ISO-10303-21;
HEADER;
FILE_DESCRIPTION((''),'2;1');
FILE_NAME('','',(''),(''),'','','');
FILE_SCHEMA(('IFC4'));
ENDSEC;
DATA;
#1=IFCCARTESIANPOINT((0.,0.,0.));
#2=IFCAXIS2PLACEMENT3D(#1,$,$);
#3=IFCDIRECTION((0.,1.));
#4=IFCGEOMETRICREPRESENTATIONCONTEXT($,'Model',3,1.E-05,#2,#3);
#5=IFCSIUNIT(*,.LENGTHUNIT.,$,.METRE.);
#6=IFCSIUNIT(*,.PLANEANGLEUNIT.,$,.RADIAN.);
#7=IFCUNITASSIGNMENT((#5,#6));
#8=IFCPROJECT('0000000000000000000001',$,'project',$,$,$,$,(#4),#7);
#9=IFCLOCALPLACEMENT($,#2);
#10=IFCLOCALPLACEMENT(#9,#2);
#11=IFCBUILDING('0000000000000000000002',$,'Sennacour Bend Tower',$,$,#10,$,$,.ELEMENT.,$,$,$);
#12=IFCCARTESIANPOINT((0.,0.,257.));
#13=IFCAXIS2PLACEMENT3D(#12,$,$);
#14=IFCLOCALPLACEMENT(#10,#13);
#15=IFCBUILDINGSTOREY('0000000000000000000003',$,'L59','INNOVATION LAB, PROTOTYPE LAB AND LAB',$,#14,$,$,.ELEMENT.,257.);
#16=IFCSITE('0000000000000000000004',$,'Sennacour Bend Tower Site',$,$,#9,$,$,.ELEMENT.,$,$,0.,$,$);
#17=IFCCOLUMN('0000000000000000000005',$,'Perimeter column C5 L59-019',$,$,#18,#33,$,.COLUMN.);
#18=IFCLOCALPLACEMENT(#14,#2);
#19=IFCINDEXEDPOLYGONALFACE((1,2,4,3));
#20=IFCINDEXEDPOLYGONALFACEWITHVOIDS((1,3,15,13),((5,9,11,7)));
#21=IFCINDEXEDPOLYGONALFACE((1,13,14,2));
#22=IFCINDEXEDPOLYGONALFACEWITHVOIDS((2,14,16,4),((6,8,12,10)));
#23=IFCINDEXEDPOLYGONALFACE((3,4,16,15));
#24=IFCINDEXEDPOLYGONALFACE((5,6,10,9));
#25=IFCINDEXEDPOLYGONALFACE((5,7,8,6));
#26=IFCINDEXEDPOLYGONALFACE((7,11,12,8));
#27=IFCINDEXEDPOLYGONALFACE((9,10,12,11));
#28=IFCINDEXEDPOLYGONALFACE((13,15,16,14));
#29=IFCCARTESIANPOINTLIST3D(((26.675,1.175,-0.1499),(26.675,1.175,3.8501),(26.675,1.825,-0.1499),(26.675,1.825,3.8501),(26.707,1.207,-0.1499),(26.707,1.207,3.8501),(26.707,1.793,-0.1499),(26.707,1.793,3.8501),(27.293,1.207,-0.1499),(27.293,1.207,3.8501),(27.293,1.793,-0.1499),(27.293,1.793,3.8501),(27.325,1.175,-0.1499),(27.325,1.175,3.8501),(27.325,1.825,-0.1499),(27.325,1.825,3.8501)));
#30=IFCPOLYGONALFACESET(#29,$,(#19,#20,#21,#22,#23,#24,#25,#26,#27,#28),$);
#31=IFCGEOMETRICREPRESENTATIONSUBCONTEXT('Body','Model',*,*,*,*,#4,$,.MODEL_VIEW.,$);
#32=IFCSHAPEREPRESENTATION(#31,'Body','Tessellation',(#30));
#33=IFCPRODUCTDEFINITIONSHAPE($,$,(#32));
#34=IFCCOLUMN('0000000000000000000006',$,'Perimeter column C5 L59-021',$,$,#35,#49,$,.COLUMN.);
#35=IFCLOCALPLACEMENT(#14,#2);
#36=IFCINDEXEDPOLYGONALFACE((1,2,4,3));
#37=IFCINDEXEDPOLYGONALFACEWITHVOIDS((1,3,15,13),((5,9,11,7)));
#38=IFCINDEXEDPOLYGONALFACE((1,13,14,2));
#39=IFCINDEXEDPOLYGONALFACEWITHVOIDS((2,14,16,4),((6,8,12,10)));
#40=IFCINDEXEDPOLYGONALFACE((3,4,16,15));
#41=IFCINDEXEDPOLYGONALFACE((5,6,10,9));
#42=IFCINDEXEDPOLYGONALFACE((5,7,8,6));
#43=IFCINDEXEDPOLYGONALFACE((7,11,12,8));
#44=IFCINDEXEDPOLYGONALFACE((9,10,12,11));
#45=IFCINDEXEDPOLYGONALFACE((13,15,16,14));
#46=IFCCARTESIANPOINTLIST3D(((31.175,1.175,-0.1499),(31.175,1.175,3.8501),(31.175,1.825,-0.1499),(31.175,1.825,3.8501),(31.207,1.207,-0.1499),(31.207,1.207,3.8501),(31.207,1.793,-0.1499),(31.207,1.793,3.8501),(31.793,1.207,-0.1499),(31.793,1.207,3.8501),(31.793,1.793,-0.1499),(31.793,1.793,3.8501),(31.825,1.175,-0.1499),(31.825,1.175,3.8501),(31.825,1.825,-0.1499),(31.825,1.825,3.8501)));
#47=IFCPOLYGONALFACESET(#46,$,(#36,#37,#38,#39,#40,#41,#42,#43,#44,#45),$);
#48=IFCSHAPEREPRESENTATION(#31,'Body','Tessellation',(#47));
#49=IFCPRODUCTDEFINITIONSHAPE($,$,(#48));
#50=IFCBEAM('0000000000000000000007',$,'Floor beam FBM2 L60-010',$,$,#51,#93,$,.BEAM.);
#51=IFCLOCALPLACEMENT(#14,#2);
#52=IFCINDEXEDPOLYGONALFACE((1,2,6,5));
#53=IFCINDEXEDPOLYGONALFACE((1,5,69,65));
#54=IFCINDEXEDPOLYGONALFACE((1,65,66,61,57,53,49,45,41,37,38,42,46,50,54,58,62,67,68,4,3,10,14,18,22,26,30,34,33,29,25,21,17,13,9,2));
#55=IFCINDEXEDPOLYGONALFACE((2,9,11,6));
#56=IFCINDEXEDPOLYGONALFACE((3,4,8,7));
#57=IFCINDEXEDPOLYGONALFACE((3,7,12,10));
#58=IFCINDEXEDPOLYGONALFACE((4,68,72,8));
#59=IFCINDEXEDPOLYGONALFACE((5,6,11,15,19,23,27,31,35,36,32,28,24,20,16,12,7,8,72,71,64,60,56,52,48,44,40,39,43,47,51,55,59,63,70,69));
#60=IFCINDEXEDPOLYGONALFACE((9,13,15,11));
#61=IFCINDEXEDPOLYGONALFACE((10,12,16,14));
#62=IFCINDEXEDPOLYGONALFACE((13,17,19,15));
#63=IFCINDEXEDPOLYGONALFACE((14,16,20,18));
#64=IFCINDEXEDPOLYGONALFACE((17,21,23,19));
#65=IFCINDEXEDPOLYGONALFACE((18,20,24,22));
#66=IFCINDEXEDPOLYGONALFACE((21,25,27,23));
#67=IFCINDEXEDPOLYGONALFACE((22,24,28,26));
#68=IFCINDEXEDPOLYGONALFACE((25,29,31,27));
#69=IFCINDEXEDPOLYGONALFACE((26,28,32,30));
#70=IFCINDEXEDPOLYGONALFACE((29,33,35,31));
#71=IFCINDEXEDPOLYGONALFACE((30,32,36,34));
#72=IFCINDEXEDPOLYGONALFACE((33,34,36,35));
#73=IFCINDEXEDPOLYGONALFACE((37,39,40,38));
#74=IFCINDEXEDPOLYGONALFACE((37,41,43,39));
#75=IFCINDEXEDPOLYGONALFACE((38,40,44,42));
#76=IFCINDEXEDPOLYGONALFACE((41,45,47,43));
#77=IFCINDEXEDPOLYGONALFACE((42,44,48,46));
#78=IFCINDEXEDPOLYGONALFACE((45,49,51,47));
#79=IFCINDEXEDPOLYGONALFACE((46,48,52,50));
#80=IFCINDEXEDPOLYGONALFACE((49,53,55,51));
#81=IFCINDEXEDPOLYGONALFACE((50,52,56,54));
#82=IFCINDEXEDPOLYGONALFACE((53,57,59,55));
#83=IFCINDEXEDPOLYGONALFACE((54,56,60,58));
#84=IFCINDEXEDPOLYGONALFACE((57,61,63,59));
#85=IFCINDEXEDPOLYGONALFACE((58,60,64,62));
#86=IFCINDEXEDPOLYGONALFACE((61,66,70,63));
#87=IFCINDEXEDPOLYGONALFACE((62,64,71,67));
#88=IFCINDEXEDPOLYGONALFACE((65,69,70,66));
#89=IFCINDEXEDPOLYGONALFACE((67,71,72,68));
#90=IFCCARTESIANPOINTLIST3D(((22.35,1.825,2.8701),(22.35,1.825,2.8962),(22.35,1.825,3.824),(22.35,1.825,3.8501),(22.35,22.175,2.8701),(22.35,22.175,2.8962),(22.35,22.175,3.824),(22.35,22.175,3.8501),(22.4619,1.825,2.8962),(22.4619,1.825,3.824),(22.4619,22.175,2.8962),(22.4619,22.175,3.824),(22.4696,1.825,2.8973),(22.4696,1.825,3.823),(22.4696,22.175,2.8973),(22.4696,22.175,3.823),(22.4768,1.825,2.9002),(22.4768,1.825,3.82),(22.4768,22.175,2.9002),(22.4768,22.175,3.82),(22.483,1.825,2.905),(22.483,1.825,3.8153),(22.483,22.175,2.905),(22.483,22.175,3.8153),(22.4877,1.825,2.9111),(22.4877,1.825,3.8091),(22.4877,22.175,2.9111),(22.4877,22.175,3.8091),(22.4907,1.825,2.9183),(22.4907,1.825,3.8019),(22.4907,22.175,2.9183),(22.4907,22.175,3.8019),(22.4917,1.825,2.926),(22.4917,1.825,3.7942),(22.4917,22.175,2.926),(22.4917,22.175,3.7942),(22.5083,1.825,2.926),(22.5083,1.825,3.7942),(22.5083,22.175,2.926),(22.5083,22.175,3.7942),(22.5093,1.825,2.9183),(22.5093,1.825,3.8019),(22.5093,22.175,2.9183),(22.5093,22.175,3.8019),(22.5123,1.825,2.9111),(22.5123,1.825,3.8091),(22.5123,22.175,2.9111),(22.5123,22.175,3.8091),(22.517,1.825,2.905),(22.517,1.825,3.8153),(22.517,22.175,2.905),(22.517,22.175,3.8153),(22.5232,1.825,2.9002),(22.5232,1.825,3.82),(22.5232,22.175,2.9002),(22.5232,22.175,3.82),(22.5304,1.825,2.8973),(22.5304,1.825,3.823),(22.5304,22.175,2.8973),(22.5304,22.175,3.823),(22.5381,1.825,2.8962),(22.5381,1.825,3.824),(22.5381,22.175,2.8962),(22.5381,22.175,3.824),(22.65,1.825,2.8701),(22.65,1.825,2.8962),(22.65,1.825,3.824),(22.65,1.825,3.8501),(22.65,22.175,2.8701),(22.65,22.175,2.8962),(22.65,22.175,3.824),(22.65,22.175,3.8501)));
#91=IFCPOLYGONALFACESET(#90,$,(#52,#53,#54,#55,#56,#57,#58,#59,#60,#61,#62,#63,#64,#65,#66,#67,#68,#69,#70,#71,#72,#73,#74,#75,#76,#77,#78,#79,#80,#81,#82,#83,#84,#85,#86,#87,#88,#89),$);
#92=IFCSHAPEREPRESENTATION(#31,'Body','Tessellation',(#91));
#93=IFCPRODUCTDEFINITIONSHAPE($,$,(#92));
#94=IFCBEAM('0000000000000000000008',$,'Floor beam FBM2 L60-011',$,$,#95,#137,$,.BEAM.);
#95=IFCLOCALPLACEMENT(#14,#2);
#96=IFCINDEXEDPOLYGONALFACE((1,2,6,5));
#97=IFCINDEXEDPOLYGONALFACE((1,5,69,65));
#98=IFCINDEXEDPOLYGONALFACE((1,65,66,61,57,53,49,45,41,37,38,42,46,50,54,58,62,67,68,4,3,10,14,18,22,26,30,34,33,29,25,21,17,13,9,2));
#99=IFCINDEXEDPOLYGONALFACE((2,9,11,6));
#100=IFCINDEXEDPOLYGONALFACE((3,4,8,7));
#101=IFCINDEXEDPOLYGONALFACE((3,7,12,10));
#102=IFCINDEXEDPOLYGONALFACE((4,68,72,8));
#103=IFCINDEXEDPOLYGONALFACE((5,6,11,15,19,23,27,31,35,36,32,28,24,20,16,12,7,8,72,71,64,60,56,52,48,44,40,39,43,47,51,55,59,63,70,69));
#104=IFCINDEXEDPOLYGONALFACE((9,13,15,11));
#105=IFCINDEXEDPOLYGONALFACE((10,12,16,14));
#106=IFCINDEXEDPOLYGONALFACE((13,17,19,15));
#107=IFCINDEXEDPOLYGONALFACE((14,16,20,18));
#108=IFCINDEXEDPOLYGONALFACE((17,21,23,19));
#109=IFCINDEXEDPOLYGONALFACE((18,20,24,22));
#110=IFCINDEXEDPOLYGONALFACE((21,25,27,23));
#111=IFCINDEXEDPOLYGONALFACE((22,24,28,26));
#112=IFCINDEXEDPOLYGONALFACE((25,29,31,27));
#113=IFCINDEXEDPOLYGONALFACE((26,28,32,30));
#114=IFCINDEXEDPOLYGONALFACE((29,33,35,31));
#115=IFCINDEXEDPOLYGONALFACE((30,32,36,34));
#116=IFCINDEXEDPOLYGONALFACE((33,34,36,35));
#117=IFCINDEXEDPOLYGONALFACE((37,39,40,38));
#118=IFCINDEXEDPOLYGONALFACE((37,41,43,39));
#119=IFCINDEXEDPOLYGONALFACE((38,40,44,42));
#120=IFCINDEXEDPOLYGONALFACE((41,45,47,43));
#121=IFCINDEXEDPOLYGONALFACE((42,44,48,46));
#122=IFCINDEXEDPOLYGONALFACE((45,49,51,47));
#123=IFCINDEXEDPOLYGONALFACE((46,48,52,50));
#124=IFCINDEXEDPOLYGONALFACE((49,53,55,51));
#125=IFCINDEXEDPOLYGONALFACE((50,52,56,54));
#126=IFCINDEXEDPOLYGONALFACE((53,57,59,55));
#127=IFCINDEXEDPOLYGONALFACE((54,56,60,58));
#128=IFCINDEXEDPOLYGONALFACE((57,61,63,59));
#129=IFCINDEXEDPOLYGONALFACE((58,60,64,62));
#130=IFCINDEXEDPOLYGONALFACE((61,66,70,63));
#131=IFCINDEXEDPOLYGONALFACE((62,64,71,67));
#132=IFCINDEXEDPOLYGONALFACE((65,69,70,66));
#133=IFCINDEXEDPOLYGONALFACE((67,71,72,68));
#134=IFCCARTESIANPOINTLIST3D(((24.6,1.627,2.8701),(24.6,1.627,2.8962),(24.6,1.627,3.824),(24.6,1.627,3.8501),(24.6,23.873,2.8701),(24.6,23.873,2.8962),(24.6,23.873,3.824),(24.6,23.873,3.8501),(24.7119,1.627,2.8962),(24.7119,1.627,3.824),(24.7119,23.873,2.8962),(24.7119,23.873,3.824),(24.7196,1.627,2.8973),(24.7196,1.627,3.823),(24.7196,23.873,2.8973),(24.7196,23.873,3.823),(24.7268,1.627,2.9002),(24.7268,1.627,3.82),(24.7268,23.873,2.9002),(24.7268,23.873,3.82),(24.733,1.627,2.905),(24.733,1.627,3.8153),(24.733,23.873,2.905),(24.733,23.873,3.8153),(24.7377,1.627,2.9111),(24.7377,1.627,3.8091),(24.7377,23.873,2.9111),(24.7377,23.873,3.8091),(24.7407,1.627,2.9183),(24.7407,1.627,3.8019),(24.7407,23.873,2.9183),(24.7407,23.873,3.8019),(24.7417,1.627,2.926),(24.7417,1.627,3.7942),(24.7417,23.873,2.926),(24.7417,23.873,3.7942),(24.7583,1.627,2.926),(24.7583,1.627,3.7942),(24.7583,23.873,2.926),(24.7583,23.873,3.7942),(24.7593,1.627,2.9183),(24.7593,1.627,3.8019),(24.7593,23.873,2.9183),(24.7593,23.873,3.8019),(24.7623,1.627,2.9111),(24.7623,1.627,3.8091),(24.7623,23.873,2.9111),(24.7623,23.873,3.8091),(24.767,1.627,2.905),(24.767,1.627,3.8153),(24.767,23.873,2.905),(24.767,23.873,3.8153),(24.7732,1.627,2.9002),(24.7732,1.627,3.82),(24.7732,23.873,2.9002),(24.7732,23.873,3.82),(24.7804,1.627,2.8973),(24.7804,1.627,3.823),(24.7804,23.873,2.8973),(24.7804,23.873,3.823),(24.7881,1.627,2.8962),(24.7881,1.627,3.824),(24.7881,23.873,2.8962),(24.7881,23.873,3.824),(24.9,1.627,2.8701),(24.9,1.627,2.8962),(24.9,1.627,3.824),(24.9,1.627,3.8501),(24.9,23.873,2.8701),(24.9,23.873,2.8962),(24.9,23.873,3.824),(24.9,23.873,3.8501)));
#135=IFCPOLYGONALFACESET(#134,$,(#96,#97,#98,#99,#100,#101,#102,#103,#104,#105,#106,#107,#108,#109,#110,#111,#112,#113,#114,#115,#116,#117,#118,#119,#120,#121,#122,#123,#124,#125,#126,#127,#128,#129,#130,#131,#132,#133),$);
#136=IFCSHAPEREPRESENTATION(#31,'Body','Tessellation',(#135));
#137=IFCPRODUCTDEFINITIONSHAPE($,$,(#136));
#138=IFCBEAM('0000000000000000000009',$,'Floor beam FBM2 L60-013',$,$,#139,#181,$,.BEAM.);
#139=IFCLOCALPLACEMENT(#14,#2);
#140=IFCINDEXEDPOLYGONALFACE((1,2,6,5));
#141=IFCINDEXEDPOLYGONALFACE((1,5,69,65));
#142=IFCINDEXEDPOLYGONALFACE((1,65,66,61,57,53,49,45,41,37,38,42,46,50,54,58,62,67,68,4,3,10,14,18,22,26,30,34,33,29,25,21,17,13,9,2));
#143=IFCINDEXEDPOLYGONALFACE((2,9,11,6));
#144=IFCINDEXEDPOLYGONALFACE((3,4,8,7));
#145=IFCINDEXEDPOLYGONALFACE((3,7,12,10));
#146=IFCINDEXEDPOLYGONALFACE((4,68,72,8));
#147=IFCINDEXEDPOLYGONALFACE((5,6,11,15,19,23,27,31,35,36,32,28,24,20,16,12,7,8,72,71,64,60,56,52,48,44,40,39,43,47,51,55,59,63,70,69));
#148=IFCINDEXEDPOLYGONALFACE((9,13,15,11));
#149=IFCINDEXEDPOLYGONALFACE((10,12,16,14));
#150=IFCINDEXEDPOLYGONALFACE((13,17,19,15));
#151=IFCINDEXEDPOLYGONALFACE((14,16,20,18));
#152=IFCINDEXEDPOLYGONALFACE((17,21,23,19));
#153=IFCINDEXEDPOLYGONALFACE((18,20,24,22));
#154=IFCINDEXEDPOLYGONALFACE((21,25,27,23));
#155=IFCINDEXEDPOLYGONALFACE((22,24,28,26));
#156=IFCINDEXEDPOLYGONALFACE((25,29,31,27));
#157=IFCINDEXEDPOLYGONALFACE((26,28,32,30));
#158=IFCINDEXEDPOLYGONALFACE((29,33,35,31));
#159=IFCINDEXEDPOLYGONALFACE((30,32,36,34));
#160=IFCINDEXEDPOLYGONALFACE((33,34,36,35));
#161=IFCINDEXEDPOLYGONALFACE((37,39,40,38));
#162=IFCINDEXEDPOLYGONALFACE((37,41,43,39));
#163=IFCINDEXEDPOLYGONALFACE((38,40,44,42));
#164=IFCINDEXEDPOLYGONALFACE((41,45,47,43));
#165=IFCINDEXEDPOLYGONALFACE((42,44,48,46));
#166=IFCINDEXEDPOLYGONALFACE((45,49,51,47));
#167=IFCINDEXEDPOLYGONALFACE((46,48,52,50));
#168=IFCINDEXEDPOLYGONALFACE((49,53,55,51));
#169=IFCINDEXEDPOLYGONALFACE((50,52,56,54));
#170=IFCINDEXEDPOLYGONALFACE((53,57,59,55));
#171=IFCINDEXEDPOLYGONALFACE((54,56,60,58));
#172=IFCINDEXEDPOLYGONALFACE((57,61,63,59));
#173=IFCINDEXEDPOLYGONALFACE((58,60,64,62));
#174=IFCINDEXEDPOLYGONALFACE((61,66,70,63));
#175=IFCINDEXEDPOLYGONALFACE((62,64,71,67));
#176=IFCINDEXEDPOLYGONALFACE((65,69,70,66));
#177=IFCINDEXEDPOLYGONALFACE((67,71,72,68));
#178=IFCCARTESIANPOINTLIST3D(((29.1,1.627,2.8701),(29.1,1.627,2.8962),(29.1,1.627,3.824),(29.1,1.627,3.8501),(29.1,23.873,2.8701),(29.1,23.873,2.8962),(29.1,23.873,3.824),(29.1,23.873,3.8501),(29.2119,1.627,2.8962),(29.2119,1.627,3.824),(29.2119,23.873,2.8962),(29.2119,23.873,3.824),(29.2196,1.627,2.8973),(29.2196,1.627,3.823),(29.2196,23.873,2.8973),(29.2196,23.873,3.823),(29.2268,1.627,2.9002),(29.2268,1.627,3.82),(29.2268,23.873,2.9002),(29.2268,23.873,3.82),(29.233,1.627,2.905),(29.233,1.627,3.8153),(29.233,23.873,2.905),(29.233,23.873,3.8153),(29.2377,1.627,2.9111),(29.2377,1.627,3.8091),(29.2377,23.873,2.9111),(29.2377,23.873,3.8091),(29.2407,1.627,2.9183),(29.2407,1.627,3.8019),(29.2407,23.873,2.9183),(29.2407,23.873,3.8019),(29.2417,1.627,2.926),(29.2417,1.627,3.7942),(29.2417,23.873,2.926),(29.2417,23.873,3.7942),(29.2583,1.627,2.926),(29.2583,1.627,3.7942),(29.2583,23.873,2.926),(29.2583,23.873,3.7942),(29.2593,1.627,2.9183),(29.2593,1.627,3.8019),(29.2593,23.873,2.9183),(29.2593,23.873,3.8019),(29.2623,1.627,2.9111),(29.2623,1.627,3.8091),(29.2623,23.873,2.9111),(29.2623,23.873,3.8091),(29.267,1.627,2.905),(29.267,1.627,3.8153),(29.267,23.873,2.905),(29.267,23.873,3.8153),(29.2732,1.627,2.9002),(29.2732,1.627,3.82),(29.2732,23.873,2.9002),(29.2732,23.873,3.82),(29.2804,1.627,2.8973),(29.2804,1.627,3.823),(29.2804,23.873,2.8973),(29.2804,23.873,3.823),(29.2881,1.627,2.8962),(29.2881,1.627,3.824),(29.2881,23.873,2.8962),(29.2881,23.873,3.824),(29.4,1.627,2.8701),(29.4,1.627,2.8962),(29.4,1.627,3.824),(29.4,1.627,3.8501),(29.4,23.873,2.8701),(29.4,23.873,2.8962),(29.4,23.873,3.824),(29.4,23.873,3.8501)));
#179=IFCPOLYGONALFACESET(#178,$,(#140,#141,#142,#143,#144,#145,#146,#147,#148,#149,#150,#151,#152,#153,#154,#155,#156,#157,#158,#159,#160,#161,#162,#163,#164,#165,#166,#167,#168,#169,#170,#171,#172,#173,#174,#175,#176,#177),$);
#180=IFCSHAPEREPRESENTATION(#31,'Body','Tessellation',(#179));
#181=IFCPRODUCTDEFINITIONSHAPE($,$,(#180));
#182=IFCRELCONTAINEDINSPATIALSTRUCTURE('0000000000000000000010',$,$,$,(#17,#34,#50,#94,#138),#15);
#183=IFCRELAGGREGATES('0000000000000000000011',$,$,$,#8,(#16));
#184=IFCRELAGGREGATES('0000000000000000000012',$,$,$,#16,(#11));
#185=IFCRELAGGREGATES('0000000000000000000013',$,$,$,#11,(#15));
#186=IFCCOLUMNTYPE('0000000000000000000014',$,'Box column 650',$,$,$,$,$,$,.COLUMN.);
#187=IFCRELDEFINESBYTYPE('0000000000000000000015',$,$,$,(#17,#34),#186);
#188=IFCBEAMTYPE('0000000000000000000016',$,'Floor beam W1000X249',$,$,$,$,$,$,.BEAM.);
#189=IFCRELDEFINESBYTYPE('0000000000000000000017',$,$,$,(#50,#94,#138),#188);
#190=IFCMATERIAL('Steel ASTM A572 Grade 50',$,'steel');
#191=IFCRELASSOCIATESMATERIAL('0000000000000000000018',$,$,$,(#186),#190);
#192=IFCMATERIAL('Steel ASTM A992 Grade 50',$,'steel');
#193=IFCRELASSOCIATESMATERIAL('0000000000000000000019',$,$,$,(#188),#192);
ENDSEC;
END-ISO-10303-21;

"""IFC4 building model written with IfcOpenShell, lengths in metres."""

from ifc_helpers import new_model, si_unit, direction, frame, origin, origin_2d, place, context, subcontext, project, spatial, hollow_rectangle, i_section, extrude, material, material_profile, profile_set, type_object, element, save


model = new_model("IFC4")

# Units and contexts
model_context = context("Model", 3, precision=1e-05, world=origin(), true_north=direction((0.0, 1.0)))
body_context = subcontext(model_context, "Body", "Model", "MODEL_VIEW")
ifc_project = project(units=[si_unit("LENGTHUNIT", "METRE"), si_unit("PLANEANGLEUNIT", "RADIAN")], contexts=[model_context])

# Site, building, storey
site_placement = place(None, origin())
site = spatial("IfcSite", under=ifc_project, at=site_placement, Name="Sennacour Bend Tower Site", CompositionType="ELEMENT", RefElevation=0.0)
building_placement = place(site_placement, origin())
building = spatial("IfcBuilding", under=site, at=building_placement, Name="Sennacour Bend Tower", CompositionType="ELEMENT")
storey_placement = place(building_placement, frame((0.0, 0.0, 257.0)))
storey = spatial("IfcBuildingStorey", under=building, at=storey_placement, Name="L59", Description="INNOVATION LAB, PROTOTYPE LAB AND LAB", CompositionType="ELEMENT", Elevation=257.0)

# Columns
ifc_material_1 = material(Name="Steel ASTM A572 Grade 50", Category="steel")
ifc_material_profile_1 = material_profile(ifc_material_1, hollow_rectangle(XDim=0.6499, YDim=0.6499, WallThickness=0.032, at=origin_2d()), Name="Steel ASTM A572 Grade 50", Category="steel")
ifc_profile_set_1 = profile_set([ifc_material_profile_1], Name="Steel ASTM A572 Grade 50")
column_type = type_object("IfcColumnType", Name="Box column 650", PredefinedType="COLUMN", material=ifc_profile_set_1)
for number, where, z_axis, x_axis, name in (
    (1, (27.0, 1.5, -0.1499), (0.0, 0.0, 1.0), (1.0, 0.0, 0.0), "Perimeter column C5 L59-019"),
    (2, (31.5, 1.5, -0.1499), (0.0, 0.0, 1.0), (1.0, 0.0, 0.0), "Perimeter column C5 L59-021"),
):
    element("IfcColumn", number, at=place(storey_placement, frame(where, z_axis=z_axis, x_axis=x_axis)), inside=storey, type_object=column_type, Name=name, PredefinedType="COLUMN", context=body_context, shape_type="SweptSolid", body=[
        extrude(hollow_rectangle(XDim=0.6499, YDim=0.6499, WallThickness=0.032, at=origin_2d()), origin(), (0.0, 0.0, 1.0), 4.0),
    ])

# Beams
ifc_material_2 = material(Name="Steel ASTM A992 Grade 50", Category="steel")
ifc_material_profile_2 = material_profile(ifc_material_2, i_section(OverallWidth=0.3, OverallDepth=0.98, WebThickness=0.0166, FlangeThickness=0.0261, FilletRadius=0.0298, at=origin_2d()), Name="Steel ASTM A992 Grade 50", Category="steel")
ifc_profile_set_2 = profile_set([ifc_material_profile_2], Name="Steel ASTM A992 Grade 50")
beam_type_1 = type_object("IfcBeamType", Name="Floor beam W1000X249", PredefinedType="BEAM", material=ifc_profile_set_2)
beam_placement = place(storey_placement, frame((22.5, 1.825, 3.3601), z_axis=(0.0, 1.0, 0.0), x_axis=(-1.0, 0.0, 0.0)))
element("IfcBeam", 3, at=beam_placement, inside=storey, type_object=beam_type_1, Name="Floor beam FBM2 L60-010", PredefinedType="BEAM", context=body_context, shape_type="SweptSolid", body=[
    extrude(i_section(OverallWidth=0.3, OverallDepth=0.98, WebThickness=0.0166, FlangeThickness=0.0261, FilletRadius=0.0298, at=origin_2d()), origin(), (0.0, 0.0, 1.0), 20.3501),
])
for number, where, z_axis, x_axis, name in (
    (4, (24.75, 1.627, 3.3601), (0.0, 1.0, 0.0), (-1.0, 0.0, 0.0), "Floor beam FBM2 L60-011"),
    (5, (29.25, 1.627, 3.3601), (0.0, 1.0, 0.0), (-1.0, 0.0, 0.0), "Floor beam FBM2 L60-013"),
):
    element("IfcBeam", number, at=place(storey_placement, frame(where, z_axis=z_axis, x_axis=x_axis)), inside=storey, type_object=beam_type_1, Name=name, PredefinedType="BEAM", context=body_context, shape_type="SweptSolid", body=[
        extrude(i_section(OverallWidth=0.3, OverallDepth=0.98, WebThickness=0.0166, FlangeThickness=0.0261, FilletRadius=0.0298, at=origin_2d()), origin(), (0.0, 0.0, 1.0), 22.2461),
    ])

save(model, "model.ifc")
